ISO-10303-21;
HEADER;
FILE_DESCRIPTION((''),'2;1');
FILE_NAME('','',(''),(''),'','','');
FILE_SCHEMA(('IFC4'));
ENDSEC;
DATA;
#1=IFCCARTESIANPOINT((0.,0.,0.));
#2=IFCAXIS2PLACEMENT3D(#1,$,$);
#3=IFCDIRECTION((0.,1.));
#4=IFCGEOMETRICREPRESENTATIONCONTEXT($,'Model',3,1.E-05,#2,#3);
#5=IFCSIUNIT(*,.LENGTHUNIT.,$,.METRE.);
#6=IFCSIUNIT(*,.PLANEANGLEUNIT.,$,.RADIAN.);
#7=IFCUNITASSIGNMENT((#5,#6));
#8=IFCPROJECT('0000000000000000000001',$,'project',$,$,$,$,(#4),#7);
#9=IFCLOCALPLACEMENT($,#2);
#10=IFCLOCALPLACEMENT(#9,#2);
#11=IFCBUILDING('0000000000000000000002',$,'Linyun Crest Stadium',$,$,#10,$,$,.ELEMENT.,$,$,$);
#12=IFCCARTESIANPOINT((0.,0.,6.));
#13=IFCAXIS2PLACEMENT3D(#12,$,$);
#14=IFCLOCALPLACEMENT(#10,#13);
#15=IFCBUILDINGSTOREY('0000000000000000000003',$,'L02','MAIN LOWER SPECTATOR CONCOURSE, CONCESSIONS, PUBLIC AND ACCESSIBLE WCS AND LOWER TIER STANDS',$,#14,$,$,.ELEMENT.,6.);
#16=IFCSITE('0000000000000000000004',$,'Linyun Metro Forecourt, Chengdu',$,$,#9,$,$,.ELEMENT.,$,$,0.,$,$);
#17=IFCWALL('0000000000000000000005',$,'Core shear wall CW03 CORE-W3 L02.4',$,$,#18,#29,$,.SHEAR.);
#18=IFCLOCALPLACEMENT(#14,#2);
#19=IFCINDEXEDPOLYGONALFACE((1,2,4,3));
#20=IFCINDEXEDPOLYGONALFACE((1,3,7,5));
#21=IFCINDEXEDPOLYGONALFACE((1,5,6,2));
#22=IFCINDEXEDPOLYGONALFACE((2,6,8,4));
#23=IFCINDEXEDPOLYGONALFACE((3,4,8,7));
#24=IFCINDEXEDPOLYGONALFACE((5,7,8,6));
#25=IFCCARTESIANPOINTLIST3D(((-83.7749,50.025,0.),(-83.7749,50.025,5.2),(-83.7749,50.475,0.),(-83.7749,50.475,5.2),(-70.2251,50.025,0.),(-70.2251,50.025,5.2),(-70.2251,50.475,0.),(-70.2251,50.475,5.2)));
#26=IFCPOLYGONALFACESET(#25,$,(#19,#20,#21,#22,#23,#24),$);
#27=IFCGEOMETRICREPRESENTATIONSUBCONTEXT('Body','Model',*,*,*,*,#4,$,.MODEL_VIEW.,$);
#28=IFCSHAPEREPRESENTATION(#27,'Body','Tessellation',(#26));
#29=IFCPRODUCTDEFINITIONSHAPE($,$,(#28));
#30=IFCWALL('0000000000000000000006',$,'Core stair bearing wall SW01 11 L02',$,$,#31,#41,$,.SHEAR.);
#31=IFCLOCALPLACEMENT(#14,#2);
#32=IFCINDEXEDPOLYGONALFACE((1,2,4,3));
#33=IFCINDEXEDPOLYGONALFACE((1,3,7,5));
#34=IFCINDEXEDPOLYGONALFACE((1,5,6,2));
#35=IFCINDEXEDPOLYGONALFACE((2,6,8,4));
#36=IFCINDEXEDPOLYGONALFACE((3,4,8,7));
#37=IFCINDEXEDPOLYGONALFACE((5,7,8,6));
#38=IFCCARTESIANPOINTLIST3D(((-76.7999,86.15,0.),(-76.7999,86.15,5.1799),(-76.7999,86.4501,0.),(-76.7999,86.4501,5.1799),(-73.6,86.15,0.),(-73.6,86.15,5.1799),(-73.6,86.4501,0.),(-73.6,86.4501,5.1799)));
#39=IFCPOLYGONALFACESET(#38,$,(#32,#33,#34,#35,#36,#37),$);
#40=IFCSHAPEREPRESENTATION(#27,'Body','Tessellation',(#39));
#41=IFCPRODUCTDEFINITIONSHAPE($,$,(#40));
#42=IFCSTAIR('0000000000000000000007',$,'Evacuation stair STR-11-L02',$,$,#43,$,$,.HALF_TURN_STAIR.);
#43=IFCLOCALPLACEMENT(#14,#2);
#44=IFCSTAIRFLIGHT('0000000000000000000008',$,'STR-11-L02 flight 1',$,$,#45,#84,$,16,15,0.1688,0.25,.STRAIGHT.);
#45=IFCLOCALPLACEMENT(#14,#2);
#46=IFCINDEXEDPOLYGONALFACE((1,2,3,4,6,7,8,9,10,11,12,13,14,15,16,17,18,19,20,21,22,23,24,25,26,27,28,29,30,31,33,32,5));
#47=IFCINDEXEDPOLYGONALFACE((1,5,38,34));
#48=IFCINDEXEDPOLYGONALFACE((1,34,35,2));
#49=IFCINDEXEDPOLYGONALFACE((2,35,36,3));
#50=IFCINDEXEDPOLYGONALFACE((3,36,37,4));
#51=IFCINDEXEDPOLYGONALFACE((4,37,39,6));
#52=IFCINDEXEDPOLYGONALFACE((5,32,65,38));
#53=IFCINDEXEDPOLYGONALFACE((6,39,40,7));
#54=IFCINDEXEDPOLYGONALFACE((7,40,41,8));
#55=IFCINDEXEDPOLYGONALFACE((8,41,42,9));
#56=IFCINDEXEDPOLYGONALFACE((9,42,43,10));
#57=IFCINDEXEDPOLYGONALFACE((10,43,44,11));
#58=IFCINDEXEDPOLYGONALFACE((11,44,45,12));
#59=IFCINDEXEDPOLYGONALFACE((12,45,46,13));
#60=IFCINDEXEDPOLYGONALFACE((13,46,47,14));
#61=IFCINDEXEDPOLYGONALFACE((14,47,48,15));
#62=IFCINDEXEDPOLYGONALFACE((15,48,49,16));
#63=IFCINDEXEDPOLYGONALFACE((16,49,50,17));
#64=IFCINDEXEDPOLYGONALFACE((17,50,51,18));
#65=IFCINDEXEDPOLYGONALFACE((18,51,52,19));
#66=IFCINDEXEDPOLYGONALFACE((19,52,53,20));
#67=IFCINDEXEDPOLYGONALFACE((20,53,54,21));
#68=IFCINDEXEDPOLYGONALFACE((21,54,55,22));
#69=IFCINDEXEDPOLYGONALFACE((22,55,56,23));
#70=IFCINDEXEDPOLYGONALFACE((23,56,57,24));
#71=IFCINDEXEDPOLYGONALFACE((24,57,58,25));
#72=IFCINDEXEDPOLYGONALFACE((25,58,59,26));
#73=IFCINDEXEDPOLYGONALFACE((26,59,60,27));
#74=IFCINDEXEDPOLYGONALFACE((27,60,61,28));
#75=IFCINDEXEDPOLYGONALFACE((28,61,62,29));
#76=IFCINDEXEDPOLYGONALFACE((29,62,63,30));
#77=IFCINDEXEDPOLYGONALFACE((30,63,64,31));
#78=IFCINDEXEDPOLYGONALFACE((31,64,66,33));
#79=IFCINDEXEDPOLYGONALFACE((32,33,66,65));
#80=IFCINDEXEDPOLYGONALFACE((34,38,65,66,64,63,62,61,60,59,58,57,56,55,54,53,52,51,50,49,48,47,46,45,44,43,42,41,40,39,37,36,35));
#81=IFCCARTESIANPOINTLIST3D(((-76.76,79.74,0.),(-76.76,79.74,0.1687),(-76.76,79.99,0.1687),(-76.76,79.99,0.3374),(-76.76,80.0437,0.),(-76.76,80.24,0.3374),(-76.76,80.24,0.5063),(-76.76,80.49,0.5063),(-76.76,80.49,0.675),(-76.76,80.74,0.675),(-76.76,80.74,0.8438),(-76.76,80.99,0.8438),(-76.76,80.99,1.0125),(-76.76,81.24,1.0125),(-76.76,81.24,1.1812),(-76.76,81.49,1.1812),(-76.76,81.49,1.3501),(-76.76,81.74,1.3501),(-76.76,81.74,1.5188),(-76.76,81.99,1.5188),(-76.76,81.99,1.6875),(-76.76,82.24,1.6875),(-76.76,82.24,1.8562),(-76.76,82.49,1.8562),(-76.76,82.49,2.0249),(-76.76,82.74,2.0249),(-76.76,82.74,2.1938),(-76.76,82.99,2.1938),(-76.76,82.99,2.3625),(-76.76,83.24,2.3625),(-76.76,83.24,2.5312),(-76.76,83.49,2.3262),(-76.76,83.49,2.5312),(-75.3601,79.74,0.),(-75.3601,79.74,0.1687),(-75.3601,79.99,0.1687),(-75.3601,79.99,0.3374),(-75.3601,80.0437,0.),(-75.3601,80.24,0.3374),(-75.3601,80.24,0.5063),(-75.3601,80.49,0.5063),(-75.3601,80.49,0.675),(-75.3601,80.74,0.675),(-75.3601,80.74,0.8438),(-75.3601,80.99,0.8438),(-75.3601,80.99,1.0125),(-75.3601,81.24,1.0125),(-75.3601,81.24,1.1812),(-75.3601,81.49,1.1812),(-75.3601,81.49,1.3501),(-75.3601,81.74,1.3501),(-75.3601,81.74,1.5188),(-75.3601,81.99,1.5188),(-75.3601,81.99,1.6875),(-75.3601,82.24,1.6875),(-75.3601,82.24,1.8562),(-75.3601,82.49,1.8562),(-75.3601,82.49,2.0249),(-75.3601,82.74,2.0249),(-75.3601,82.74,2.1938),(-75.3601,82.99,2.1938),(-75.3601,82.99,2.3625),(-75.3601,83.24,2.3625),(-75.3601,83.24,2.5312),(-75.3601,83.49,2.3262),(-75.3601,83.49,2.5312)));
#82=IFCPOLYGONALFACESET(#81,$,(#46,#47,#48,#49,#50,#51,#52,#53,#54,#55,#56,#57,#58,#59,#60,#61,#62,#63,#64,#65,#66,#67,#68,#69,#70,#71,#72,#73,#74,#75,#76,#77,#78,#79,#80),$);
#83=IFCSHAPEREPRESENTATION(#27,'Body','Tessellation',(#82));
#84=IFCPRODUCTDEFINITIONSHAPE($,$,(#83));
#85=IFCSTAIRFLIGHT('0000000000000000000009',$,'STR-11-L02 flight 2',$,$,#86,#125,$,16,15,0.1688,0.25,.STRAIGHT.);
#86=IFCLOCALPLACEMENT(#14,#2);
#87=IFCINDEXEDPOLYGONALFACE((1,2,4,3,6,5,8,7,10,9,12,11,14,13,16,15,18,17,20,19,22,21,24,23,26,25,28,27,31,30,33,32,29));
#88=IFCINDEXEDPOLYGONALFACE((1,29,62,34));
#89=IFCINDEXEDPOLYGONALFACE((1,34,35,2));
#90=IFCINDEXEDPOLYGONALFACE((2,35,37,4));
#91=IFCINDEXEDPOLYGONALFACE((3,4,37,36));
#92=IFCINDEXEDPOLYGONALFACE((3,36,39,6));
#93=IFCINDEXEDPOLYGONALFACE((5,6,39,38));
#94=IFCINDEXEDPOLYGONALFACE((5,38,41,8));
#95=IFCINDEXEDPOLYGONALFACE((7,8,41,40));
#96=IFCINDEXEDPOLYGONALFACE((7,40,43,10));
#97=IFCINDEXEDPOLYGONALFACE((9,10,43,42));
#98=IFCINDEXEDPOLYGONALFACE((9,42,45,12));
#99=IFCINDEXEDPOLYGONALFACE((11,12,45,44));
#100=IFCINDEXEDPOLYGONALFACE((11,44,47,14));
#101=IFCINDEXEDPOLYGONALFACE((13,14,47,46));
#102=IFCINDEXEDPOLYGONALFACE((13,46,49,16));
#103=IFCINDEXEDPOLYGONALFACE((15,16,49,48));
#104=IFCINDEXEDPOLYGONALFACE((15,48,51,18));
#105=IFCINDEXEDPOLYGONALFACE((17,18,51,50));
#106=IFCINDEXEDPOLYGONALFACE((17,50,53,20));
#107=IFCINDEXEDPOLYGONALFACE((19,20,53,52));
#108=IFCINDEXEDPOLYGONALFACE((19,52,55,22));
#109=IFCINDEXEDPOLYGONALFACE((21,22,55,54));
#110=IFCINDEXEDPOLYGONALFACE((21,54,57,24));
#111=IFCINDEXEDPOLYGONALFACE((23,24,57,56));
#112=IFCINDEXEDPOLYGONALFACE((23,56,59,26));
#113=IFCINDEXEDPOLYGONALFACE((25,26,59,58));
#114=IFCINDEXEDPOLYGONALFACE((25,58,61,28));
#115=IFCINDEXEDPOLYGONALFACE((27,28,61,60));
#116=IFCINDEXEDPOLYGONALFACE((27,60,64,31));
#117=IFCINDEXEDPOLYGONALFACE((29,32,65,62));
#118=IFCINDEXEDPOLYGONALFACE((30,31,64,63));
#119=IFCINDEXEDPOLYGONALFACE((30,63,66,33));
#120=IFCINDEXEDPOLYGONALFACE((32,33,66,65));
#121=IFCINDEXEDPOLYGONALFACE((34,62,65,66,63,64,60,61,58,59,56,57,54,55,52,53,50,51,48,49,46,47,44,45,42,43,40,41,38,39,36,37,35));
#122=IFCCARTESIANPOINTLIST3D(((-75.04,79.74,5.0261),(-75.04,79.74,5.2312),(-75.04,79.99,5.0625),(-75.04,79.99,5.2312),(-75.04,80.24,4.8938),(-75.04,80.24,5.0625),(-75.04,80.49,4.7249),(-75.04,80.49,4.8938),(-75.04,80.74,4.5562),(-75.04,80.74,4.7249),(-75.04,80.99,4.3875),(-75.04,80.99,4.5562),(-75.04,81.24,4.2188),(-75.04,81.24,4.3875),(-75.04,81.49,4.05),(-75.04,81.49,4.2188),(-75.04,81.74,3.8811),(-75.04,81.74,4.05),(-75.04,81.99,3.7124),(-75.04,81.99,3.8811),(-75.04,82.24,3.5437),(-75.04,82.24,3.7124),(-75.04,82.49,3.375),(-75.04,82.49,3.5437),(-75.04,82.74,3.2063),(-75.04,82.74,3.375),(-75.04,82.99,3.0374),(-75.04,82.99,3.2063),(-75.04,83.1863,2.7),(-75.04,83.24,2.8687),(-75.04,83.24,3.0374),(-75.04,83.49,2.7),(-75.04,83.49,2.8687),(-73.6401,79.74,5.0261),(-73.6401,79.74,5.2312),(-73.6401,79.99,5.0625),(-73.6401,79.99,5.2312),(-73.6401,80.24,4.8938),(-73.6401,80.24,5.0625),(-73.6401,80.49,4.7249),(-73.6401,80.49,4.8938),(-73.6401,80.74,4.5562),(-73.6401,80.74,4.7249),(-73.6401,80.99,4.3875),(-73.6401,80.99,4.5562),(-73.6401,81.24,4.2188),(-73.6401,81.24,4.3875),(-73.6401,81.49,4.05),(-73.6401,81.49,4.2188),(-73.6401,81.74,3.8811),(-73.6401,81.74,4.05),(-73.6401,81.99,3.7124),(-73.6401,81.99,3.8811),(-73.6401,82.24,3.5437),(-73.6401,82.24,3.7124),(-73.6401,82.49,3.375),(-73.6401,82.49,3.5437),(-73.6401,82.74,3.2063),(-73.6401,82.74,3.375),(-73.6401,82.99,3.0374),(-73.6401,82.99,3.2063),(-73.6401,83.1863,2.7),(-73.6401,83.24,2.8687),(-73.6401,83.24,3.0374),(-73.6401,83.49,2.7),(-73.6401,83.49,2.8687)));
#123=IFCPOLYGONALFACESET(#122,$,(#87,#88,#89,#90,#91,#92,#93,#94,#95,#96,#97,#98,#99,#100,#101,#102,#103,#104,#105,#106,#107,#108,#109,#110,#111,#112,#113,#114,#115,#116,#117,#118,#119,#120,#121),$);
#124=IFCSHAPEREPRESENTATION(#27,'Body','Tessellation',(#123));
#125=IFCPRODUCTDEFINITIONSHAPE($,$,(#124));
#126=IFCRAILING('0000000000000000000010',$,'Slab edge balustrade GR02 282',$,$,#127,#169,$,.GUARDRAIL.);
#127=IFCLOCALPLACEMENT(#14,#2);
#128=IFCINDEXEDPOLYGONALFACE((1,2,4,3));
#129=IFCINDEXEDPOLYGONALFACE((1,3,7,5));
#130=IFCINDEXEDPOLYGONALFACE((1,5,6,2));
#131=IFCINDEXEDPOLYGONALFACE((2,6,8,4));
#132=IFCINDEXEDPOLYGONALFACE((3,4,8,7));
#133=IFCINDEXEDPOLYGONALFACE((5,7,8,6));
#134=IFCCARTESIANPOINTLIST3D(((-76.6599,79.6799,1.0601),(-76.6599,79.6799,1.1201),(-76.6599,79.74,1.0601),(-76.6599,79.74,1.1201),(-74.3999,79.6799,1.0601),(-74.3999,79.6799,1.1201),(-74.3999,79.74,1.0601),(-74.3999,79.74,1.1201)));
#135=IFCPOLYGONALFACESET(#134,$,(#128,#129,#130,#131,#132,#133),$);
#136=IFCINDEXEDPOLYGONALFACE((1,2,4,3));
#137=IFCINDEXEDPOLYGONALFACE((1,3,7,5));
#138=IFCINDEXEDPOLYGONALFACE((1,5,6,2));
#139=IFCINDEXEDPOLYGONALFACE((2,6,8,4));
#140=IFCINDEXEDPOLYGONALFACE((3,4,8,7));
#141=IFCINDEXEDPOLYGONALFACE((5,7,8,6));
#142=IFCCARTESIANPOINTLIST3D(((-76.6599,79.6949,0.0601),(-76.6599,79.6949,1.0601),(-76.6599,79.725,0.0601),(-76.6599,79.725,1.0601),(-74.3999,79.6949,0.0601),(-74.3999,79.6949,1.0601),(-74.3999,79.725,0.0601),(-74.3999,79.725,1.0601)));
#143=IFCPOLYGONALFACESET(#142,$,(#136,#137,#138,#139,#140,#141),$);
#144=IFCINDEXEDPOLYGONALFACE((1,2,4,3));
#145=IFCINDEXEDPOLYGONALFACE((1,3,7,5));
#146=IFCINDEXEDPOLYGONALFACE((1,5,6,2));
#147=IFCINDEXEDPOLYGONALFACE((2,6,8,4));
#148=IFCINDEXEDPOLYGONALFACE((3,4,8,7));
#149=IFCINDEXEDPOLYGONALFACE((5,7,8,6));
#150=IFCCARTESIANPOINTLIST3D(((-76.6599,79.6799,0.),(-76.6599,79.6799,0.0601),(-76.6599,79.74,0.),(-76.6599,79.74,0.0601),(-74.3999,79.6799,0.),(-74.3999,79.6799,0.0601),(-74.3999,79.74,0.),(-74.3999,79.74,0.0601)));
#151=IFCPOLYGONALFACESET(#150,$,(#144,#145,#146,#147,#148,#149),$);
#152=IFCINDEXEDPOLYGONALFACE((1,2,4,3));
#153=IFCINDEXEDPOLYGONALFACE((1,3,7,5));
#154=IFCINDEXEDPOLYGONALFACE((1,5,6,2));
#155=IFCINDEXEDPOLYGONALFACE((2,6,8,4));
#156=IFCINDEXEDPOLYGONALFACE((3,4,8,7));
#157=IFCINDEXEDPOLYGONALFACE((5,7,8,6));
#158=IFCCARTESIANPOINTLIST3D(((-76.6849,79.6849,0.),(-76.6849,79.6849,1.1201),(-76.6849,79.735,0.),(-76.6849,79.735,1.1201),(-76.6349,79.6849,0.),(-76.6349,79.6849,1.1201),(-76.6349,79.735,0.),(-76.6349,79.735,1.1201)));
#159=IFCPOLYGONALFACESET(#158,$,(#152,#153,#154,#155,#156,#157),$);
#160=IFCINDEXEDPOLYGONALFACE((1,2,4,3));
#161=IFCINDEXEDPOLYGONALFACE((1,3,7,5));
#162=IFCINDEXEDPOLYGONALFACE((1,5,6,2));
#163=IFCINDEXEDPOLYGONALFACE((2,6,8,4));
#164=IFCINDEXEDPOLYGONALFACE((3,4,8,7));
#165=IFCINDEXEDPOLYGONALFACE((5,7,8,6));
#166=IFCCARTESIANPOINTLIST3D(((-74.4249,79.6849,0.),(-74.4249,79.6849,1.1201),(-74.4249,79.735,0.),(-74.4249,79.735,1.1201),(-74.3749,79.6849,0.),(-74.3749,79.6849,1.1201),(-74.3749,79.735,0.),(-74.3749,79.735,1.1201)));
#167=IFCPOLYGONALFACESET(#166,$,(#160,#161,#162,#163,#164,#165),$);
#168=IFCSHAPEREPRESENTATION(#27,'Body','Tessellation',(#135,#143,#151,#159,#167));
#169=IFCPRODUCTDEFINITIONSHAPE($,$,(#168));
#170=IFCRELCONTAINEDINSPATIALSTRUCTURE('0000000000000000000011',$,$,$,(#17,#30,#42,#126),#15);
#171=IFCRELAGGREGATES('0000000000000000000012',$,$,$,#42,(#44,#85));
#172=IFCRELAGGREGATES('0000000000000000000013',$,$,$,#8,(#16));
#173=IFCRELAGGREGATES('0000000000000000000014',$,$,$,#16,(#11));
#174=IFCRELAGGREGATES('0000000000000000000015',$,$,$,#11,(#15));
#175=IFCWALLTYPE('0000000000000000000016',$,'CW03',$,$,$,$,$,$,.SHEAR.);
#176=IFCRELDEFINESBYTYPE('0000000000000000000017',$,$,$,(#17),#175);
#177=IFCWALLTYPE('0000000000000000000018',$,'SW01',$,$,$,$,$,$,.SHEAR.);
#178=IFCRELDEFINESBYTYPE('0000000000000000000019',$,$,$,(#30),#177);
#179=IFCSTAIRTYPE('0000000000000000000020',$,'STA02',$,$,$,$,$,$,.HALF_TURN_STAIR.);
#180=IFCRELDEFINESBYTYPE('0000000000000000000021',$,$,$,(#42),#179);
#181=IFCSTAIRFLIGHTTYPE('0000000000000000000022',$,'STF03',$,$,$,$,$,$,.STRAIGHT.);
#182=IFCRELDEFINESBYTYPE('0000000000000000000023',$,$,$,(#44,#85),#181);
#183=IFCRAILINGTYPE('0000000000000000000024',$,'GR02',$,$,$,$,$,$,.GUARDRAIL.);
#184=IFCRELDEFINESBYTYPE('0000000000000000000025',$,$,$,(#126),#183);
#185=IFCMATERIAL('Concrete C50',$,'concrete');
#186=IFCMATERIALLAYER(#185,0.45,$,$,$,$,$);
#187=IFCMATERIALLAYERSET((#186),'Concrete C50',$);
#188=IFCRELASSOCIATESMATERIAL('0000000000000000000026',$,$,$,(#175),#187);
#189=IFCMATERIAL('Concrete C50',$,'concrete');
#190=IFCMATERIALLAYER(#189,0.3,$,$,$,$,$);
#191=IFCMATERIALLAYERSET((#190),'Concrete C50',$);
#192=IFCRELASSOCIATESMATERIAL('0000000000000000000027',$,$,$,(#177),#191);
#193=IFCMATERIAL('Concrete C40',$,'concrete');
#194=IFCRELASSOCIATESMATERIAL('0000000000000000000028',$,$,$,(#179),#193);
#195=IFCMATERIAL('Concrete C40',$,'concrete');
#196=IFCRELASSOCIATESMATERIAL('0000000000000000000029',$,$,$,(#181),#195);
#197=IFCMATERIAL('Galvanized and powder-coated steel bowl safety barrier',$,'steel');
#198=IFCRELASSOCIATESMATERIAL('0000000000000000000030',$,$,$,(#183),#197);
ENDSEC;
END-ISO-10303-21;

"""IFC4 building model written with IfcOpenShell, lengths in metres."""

from ifc_helpers import new_model, si_unit, direction, frame, frame_2d, origin, origin_2d, place, context, subcontext, project, spatial, polyline, rectangle, outline, extrude, material, layer, layer_set, type_object, element, aggregate, save


model = new_model("IFC4")

# Units and contexts
model_context = context("Model", 3, precision=1e-05, world=origin(), true_north=direction((0.0, 1.0)))
body_context = subcontext(model_context, "Body", "Model", "MODEL_VIEW")
ifc_project = project(units=[si_unit("LENGTHUNIT", "METRE"), si_unit("PLANEANGLEUNIT", "RADIAN")], contexts=[model_context])

# Site, building, storey
site_placement = place(None, origin())
site = spatial("IfcSite", under=ifc_project, at=site_placement, Name="Linyun Metro Forecourt, Chengdu", CompositionType="ELEMENT", RefElevation=0.0)
building_placement = place(site_placement, origin())
building = spatial("IfcBuilding", under=site, at=building_placement, Name="Linyun Crest Stadium", CompositionType="ELEMENT")
storey_placement = place(building_placement, frame((0.0, 0.0, 6.0)))
storey = spatial("IfcBuildingStorey", under=building, at=storey_placement, Name="L02", Description="MAIN LOWER SPECTATOR CONCOURSE, CONCESSIONS, PUBLIC AND ACCESSIBLE WCS AND LOWER TIER STANDS", CompositionType="ELEMENT", Elevation=6.0)

# Walls
ifc_material_1 = material(Name="Concrete C50", Category="concrete")
ifc_layer_1 = layer(ifc_material_1, 0.45)
ifc_layer_set_1 = layer_set([ifc_layer_1], Name="Concrete C50")
wall_type_1 = type_object("IfcWallType", Name="CW03", PredefinedType="SHEAR", material=ifc_layer_set_1)
wall_1_placement = place(storey_placement, frame((-83.7749, 50.25, 0.0), z_axis=(0.0, 0.0, 1.0), x_axis=(1.0, 0.0, 0.0)))
element("IfcWall", 1, at=wall_1_placement, inside=storey, type_object=wall_type_1, Name="Core shear wall CW03 CORE-W3 L02.4", PredefinedType="SHEAR", context=body_context, shape_type="SweptSolid", body=[
    extrude(rectangle(XDim=13.5498, YDim=0.45, at=frame_2d((6.7749, 0.0))), origin(), (0.0, 0.0, 1.0), 5.2),
])
ifc_material_2 = material(Name="Concrete C50", Category="concrete")
ifc_layer_2 = layer(ifc_material_2, 0.3)
ifc_layer_set_2 = layer_set([ifc_layer_2], Name="Concrete C50")
wall_type_2 = type_object("IfcWallType", Name="SW01", PredefinedType="SHEAR", material=ifc_layer_set_2)
wall_2_placement = place(storey_placement, frame((-76.8, 86.3, 0.0), z_axis=(0.0, 0.0, 1.0), x_axis=(1.0, 0.0, 0.0)))
element("IfcWall", 2, at=wall_2_placement, inside=storey, type_object=wall_type_2, Name="Core stair bearing wall SW01 11 L02", PredefinedType="SHEAR", context=body_context, shape_type="SweptSolid", body=[
    extrude(rectangle(XDim=3.2, YDim=0.3, at=frame_2d((1.6001, 0.0))), origin(), (0.0, 0.0, 1.0), 5.1799),
])

# Stair, stair flights
ifc_material_3 = material(Name="Concrete C40", Category="concrete")
stair_type = type_object("IfcStairType", Name="STA02", PredefinedType="HALF_TURN_STAIR", material=ifc_material_3)
stair_placement = place(storey_placement, origin())
stair = element("IfcStair", 3, at=stair_placement, inside=storey, type_object=stair_type, Name="Evacuation stair STR-11-L02", PredefinedType="HALF_TURN_STAIR")
ifc_material_4 = material(Name="Concrete C40", Category="concrete")
stair_flight_type = type_object("IfcStairFlightType", Name="STF03", PredefinedType="STRAIGHT", material=ifc_material_4)
stair_flight_1_placement = place(storey_placement, frame((-76.0601, 79.74, 0.0), z_axis=(0.0, 0.0, 1.0), x_axis=(0.0, 1.0, 0.0)))
stair_flight_1 = element("IfcStairFlight", 4, at=stair_flight_1_placement, type_object=stair_flight_type, Name="STR-11-L02 flight 1", NumberOfRisers=16, NumberOfTreads=15, PredefinedType="STRAIGHT", RiserHeight=0.1688, TreadLength=0.25, context=body_context, shape_type="SweptSolid", body=[
    extrude(outline(polyline([(0.0, 0.0), (0.0, 0.1687), (0.25, 0.1687), (0.25, 0.3374), (0.5, 0.3374), (0.5, 0.5063), (0.75, 0.5063), (0.75, 0.675), (1.0, 0.675), (1.0, 0.8438), (1.25, 0.8438), (1.25, 1.0125), (1.5, 1.0125), (1.5, 1.1812), (1.75, 1.1812), (1.75, 1.3501), (2.0, 1.3501), (2.0, 1.5188), (2.25, 1.5188), (2.25, 1.6875), (2.5, 1.6875), (2.5, 1.8562), (2.75, 1.8562), (2.75, 2.0249), (3.0, 2.0249), (3.0, 2.1938), (3.25, 2.1938), (3.25, 2.3625), (3.5, 2.3625), (3.5, 2.5312), (3.75, 2.5312), (3.75, 2.7), (3.75, 2.3262), (0.3037, 0.0), (0.0, 0.0)])), frame((0.0, 0.7, 0.0), z_axis=(0.0, -1.0, 0.0), x_axis=(1.0, 0.0, 0.0)), (0.0, 0.0, 1.0), 1.3999),
])
stair_flight_2_placement = place(storey_placement, frame((-74.3401, 83.49, 2.7), z_axis=(0.0, 0.0, 1.0), x_axis=(0.0, -1.0, 0.0)))
stair_flight_2 = element("IfcStairFlight", 5, at=stair_flight_2_placement, type_object=stair_flight_type, Name="STR-11-L02 flight 2", NumberOfRisers=16, NumberOfTreads=15, PredefinedType="STRAIGHT", RiserHeight=0.1688, TreadLength=0.25, context=body_context, shape_type="SweptSolid", body=[
    extrude(outline(polyline([(0.0, 0.0), (0.0, 0.1687), (0.25, 0.1687), (0.25, 0.3374), (0.5, 0.3374), (0.5, 0.5063), (0.75, 0.5063), (0.75, 0.675), (1.0, 0.675), (1.0, 0.8438), (1.25, 0.8438), (1.25, 1.0125), (1.5, 1.0125), (1.5, 1.1812), (1.75, 1.1812), (1.75, 1.3501), (2.0, 1.3501), (2.0, 1.5188), (2.25, 1.5188), (2.25, 1.6875), (2.5, 1.6875), (2.5, 1.8562), (2.75, 1.8562), (2.75, 2.0249), (3.0, 2.0249), (3.0, 2.1938), (3.25, 2.1938), (3.25, 2.3625), (3.5, 2.3625), (3.5, 2.5312), (3.75, 2.5312), (3.75, 2.7), (3.75, 2.3262), (0.3037, 0.0), (0.0, 0.0)])), frame((0.0, 0.7, 0.0), z_axis=(0.0, -1.0, 0.0), x_axis=(1.0, 0.0, 0.0)), (0.0, 0.0, 1.0), 1.3999),
])
aggregate(stair, [stair_flight_1, stair_flight_2])

# Railing
ifc_material_5 = material(Name="Galvanized and powder-coated steel bowl safety barrier", Category="steel")
railing_type_1 = type_object("IfcRailingType", Name="GR02", PredefinedType="GUARDRAIL", material=ifc_material_5)
railing_1_placement = place(storey_placement, frame((-76.6599, 79.71, 0.0)))
element("IfcRailing", 6, at=railing_1_placement, inside=storey, type_object=railing_type_1, Name="Slab edge balustrade GR02 282", PredefinedType="GUARDRAIL", context=body_context, shape_type="SweptSolid", body=[
    extrude(rectangle(XDim=0.0601, YDim=0.0601, at=origin_2d()), frame((0.0, 0.0, 1.0901), z_axis=(1.0, 0.0, 0.0), x_axis=(0.0, 1.0, 0.0)), (0.0, 0.0, 1.0), 2.26),
    extrude(rectangle(XDim=0.03, YDim=1.0, at=origin_2d()), frame((0.0, 0.0, 0.5601), z_axis=(1.0, 0.0, 0.0), x_axis=(0.0, 1.0, 0.0)), (0.0, 0.0, 1.0), 2.26),
    extrude(rectangle(XDim=0.0601, YDim=0.0601, at=origin_2d()), frame((0.0, 0.0, 0.03), z_axis=(1.0, 0.0, 0.0), x_axis=(0.0, 1.0, 0.0)), (0.0, 0.0, 1.0), 2.26),
    extrude(rectangle(XDim=0.05, YDim=0.05, at=origin_2d()), origin(), (0.0, 0.0, 1.0), 1.1201),
    extrude(rectangle(XDim=0.05, YDim=0.05, at=origin_2d()), frame((2.26, 0.0, 0.0)), (0.0, 0.0, 1.0), 1.1201),
])

save(model, "model.ifc")
